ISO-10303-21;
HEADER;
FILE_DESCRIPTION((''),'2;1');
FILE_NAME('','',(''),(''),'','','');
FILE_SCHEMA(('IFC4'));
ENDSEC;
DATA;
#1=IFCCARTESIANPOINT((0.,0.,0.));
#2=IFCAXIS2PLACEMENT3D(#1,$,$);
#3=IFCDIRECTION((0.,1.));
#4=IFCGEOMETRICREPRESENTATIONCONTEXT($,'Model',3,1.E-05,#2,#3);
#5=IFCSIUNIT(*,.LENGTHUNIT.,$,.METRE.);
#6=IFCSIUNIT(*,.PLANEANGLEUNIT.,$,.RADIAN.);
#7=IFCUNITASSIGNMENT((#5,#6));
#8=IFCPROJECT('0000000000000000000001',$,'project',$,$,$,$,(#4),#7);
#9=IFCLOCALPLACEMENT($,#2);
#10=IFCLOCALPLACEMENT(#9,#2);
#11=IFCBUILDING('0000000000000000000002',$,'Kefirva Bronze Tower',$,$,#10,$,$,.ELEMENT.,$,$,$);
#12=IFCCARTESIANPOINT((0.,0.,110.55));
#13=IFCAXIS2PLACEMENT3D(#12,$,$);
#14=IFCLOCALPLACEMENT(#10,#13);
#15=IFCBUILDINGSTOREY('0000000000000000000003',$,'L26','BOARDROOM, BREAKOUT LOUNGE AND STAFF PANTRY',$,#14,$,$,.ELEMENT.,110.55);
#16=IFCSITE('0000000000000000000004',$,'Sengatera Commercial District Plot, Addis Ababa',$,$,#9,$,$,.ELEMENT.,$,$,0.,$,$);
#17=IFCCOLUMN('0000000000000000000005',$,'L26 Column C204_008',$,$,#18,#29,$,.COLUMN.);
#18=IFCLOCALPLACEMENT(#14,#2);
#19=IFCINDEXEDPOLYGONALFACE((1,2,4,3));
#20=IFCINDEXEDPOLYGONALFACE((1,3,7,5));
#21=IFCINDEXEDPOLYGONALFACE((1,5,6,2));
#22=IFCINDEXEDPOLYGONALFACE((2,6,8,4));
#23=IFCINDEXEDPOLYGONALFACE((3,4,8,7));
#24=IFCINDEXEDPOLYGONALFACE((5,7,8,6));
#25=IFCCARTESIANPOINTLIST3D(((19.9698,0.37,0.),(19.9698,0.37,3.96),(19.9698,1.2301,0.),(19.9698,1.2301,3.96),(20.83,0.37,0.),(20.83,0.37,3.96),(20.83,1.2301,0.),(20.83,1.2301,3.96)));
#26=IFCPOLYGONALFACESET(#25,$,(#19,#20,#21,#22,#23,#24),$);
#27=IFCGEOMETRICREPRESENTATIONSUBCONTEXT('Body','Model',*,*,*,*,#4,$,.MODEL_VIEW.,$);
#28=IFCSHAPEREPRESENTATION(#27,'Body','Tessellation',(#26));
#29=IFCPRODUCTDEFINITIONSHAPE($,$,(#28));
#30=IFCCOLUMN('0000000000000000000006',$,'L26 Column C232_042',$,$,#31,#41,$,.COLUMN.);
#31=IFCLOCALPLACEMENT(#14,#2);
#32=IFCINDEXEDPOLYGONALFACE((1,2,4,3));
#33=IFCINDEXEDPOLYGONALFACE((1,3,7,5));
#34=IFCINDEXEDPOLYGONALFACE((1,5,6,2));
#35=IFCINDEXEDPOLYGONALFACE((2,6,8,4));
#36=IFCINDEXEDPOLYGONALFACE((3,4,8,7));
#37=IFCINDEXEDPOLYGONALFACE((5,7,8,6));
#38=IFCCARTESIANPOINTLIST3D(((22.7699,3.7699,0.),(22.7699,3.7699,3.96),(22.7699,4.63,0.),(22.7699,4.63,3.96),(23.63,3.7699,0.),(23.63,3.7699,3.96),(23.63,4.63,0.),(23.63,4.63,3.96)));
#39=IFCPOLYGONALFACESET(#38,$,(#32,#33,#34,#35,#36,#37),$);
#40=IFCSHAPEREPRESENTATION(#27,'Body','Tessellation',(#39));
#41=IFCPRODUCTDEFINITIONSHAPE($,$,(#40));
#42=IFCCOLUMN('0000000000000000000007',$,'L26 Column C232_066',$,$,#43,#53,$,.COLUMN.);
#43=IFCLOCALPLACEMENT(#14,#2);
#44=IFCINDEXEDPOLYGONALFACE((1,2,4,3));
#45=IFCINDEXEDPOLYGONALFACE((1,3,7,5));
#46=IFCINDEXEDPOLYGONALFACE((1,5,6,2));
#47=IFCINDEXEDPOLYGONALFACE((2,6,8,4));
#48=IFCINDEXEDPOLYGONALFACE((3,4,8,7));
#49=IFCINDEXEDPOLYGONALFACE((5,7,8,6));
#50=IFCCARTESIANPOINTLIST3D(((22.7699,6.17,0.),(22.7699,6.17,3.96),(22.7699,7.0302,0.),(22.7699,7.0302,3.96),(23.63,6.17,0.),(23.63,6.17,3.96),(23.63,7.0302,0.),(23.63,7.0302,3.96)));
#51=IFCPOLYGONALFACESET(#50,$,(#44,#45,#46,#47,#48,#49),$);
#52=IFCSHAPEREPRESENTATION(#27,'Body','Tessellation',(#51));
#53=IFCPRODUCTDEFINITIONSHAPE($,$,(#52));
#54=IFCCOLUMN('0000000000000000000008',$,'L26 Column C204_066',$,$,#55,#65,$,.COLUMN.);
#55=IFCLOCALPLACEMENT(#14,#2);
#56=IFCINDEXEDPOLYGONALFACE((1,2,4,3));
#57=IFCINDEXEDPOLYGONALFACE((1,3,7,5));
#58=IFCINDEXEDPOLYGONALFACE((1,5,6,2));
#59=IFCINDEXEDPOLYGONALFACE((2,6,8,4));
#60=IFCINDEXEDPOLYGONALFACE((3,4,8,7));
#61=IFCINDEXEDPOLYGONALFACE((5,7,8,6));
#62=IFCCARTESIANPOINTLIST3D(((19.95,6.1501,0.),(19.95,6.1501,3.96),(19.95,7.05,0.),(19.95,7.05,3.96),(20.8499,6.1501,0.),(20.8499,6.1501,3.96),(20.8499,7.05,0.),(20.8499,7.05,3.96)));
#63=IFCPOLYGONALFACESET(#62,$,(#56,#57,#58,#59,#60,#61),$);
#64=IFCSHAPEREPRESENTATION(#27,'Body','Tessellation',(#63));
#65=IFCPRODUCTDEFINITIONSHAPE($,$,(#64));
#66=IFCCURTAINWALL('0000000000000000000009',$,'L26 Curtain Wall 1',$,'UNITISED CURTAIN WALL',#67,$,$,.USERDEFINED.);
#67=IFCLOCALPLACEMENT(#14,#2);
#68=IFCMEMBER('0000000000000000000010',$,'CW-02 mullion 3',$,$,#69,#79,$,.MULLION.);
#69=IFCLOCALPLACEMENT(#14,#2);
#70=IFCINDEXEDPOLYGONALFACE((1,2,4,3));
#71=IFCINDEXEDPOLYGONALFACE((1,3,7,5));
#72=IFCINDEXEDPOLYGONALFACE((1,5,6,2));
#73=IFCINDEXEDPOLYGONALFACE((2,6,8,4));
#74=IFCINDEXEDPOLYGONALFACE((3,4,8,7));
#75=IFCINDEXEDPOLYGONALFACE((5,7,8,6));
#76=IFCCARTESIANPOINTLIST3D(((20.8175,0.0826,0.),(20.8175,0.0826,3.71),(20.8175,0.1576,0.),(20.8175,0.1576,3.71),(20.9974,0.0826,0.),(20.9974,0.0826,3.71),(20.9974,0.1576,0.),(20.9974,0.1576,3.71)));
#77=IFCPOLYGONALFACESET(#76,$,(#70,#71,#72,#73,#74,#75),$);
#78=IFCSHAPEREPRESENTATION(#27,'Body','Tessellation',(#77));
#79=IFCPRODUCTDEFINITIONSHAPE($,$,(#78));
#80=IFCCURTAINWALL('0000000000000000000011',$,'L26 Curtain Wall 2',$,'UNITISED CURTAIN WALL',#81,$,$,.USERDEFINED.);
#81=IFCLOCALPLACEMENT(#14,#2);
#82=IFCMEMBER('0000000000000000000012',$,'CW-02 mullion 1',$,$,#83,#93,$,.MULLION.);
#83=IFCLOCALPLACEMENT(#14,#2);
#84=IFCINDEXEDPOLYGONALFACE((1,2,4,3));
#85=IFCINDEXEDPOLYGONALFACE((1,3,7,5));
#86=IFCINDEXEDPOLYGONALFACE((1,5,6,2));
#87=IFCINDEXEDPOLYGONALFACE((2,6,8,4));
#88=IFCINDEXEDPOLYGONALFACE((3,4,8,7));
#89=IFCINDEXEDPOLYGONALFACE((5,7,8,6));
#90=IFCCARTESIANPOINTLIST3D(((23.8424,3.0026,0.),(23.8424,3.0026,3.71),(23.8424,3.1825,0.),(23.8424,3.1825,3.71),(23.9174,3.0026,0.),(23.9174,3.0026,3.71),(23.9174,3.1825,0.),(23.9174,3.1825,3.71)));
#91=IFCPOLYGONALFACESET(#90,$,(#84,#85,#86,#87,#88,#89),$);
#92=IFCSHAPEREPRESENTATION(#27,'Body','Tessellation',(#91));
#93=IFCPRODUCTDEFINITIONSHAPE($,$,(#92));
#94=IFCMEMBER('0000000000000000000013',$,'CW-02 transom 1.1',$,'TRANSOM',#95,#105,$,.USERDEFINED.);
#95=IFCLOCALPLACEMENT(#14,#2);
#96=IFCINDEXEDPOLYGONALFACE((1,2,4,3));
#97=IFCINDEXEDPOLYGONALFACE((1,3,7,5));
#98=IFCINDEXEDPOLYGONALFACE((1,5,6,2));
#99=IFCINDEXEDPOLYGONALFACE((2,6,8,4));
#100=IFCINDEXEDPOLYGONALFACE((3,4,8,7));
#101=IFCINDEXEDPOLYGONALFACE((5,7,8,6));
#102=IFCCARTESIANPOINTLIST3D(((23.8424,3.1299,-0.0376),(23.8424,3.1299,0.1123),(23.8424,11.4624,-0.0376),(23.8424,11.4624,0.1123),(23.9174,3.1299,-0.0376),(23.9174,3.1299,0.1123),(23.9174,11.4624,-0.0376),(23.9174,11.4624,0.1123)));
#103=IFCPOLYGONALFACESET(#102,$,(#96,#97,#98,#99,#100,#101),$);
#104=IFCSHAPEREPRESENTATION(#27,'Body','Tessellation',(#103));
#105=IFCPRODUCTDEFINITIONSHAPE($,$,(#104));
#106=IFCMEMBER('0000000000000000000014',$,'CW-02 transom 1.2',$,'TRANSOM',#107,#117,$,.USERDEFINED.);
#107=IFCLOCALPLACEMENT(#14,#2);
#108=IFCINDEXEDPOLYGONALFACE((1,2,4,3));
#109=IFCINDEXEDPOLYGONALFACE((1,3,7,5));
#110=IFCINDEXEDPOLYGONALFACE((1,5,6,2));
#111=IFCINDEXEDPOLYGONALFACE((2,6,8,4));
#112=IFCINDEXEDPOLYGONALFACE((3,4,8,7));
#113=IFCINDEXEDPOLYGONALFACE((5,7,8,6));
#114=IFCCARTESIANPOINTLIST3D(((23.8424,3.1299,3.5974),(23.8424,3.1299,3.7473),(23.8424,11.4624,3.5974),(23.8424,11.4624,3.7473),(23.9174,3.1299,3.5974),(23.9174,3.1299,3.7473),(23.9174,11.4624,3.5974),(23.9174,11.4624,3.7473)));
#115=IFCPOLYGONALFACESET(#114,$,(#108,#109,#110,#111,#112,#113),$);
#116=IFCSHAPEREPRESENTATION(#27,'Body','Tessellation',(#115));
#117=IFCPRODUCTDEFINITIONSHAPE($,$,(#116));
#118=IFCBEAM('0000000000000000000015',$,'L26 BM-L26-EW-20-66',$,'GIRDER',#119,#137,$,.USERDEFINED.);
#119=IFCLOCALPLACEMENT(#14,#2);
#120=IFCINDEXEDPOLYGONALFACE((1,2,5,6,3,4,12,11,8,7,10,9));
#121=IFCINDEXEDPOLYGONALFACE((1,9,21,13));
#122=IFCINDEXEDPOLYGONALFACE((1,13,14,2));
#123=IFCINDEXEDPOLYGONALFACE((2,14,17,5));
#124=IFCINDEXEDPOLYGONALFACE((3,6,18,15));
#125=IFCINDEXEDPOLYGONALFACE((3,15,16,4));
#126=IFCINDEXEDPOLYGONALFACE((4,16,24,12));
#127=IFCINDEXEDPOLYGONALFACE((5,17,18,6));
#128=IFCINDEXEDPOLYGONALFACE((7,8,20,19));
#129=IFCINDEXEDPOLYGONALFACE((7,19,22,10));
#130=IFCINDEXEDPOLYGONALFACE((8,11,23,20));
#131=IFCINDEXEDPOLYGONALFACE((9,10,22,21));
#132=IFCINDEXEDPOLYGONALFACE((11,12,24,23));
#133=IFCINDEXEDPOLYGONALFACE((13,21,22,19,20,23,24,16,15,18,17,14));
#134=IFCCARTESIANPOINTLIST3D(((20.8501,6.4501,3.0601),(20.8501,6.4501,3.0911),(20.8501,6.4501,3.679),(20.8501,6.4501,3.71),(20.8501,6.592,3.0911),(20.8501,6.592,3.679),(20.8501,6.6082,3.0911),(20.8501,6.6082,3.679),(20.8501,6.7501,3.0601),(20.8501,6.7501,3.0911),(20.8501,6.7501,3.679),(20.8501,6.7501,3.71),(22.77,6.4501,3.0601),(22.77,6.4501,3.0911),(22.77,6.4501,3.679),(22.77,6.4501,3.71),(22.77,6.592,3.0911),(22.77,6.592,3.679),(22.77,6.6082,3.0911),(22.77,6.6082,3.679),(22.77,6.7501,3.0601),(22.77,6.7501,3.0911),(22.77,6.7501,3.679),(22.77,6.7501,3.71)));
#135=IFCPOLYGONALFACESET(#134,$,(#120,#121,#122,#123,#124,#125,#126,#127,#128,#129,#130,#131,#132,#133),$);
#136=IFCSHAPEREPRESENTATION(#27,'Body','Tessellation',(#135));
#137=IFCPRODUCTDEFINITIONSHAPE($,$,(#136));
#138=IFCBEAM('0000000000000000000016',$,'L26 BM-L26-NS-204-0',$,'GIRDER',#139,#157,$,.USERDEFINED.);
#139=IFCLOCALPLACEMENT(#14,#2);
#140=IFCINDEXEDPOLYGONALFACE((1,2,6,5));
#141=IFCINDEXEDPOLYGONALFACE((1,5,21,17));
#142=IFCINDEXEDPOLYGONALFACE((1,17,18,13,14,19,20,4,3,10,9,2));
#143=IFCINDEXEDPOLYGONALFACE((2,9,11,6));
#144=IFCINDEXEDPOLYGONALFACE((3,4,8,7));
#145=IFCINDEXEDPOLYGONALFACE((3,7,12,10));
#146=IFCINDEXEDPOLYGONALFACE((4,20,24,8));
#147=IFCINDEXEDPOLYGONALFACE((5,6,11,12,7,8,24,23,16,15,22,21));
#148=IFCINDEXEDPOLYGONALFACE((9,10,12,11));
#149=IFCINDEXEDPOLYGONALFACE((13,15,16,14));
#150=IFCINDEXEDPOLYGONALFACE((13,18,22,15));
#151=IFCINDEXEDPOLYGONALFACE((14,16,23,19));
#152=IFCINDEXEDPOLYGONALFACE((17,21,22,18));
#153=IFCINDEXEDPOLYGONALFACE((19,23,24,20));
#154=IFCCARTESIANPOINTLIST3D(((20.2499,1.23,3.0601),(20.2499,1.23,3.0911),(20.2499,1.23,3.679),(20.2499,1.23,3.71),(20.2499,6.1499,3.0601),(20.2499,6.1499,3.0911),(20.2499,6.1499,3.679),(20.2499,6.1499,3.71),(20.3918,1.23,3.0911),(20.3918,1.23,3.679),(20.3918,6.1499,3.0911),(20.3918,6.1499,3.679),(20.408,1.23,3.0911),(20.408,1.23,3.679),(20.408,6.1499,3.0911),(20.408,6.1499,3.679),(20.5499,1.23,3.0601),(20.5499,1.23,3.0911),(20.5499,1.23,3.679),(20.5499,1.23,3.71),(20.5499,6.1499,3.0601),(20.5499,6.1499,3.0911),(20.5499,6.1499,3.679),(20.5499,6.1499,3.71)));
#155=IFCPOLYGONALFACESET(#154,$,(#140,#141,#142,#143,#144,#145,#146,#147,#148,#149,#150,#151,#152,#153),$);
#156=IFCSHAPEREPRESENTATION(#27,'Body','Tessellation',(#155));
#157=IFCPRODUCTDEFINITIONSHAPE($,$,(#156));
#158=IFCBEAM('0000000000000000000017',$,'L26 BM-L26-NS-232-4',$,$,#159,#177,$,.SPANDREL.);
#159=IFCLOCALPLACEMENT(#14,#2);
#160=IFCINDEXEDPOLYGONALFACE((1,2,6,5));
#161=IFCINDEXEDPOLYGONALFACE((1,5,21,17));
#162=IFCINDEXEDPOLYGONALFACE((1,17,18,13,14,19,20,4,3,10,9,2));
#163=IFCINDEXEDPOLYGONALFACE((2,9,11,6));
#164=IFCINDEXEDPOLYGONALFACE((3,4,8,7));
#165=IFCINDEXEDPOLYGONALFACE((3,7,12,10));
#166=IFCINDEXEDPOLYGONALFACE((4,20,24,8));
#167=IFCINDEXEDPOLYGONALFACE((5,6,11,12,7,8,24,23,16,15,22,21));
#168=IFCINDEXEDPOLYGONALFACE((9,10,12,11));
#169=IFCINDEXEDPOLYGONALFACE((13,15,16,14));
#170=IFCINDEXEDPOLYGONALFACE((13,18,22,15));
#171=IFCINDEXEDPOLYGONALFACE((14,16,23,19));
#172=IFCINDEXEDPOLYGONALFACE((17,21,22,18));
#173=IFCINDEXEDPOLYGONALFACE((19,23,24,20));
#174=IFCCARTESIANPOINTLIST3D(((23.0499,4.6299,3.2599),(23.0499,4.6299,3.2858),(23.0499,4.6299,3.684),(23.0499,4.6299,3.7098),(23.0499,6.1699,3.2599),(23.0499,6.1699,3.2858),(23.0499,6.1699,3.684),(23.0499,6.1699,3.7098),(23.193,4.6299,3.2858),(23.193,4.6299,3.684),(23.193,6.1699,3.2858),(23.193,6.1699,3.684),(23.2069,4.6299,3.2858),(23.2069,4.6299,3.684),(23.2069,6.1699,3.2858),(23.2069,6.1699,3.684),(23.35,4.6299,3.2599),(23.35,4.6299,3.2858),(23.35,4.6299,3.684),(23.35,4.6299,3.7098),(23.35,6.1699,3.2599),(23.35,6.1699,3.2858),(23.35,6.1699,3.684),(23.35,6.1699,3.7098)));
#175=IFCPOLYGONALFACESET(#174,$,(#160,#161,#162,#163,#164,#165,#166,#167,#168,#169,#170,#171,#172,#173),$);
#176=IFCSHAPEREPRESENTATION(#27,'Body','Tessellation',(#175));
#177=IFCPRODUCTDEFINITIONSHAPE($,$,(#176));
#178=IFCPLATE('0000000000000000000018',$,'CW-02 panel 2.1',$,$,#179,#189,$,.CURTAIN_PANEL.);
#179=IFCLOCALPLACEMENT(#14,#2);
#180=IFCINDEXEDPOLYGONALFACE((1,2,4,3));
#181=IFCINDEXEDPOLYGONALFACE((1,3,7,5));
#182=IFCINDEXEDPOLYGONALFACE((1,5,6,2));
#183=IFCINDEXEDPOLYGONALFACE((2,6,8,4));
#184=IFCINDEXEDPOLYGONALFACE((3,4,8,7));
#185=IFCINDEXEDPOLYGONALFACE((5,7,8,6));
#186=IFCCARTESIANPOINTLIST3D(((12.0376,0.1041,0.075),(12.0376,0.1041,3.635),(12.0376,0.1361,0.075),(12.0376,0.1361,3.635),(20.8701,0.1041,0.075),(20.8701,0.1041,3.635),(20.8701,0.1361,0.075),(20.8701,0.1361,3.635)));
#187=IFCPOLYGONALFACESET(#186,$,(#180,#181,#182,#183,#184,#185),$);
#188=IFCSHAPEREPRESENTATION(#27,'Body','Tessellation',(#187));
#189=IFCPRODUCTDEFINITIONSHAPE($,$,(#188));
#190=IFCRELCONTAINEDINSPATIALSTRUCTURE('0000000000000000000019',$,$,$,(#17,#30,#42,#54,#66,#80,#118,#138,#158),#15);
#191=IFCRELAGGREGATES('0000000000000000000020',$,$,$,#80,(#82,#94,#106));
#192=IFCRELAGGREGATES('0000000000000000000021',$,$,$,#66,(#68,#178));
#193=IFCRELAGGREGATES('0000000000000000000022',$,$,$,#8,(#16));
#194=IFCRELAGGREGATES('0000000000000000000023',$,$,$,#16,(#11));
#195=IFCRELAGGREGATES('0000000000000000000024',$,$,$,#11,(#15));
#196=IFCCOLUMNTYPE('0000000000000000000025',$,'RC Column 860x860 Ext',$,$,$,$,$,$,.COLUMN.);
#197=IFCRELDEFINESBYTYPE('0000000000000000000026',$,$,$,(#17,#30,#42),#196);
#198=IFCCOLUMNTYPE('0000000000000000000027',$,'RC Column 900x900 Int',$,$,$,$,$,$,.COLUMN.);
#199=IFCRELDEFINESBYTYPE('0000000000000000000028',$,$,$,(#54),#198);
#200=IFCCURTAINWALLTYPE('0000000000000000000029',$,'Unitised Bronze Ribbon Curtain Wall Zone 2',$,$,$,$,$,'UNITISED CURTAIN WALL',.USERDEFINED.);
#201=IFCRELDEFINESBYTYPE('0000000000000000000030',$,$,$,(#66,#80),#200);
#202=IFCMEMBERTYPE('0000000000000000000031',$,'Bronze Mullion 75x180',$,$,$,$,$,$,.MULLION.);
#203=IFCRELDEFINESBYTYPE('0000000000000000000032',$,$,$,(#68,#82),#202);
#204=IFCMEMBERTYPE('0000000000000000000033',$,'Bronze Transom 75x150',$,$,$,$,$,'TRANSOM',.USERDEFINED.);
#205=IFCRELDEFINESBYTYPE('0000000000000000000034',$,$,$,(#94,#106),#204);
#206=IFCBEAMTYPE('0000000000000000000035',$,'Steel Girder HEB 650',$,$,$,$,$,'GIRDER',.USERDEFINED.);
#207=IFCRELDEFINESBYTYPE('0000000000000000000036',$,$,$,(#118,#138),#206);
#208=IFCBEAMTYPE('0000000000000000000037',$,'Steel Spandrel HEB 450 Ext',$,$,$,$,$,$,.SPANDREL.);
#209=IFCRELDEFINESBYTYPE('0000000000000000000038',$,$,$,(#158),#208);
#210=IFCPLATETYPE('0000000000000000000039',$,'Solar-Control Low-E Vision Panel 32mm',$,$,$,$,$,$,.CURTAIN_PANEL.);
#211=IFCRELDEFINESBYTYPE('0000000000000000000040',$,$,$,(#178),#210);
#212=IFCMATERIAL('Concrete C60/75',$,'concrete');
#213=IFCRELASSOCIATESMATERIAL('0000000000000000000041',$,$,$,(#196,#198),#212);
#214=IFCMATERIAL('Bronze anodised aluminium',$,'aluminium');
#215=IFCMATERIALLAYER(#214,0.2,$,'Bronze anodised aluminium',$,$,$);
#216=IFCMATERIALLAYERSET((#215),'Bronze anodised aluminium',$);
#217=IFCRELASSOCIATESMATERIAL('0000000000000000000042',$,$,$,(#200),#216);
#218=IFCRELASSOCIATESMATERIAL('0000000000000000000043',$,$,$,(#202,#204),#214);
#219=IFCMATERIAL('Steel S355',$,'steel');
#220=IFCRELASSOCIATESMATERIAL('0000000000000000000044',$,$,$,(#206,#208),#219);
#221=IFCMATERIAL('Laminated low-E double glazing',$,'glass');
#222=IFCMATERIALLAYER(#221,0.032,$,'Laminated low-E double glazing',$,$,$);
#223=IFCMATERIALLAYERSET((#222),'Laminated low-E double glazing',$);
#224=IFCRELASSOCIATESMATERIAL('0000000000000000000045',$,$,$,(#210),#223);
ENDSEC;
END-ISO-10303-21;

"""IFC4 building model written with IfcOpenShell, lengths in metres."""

from ifc_helpers import new_model, si_unit, direction, frame, origin, origin_2d, place, context, subcontext, project, spatial, rectangle, i_section, extrude, material, layer, layer_set, material_profile, profile_set, type_object, element, aggregate, save


model = new_model("IFC4")

# Units and contexts
model_context = context("Model", 3, precision=1e-05, world=origin(), true_north=direction((0.0, 1.0)))
body_context = subcontext(model_context, "Body", "Model", "MODEL_VIEW")
ifc_project = project(units=[si_unit("LENGTHUNIT", "METRE"), si_unit("PLANEANGLEUNIT", "RADIAN")], contexts=[model_context])

# Site, building, storey
site_placement = place(None, origin())
site = spatial("IfcSite", under=ifc_project, at=site_placement, Name="Sengatera Commercial District Plot, Addis Ababa", CompositionType="ELEMENT", RefElevation=0.0)
building_placement = place(site_placement, origin())
building = spatial("IfcBuilding", under=site, at=building_placement, Name="Kefirva Bronze Tower", CompositionType="ELEMENT")
storey_placement = place(building_placement, frame((0.0, 0.0, 110.55)))
storey = spatial("IfcBuildingStorey", under=building, at=storey_placement, Name="L26", Description="BOARDROOM, BREAKOUT LOUNGE AND STAFF PANTRY", CompositionType="ELEMENT", Elevation=110.55)

# Columns
ifc_material_1 = material(Name="Concrete C60/75", Category="concrete")
ifc_material_profile_1 = material_profile(ifc_material_1, rectangle(XDim=0.8601, YDim=0.8601, at=origin_2d()), Name="RC 860x860")
ifc_profile_set_1 = profile_set([ifc_material_profile_1], Name="Concrete C60/75")
column_type_1 = type_object("IfcColumnType", Name="RC Column 860x860 Ext", PredefinedType="COLUMN", material=ifc_profile_set_1)
for number, where, z_axis, x_axis, name in (
    (1, (20.3999, 0.8, 0.0), (0.0, 0.0, 1.0), (1.0, 0.0, 0.0), "L26 Column C204_008"),
    (2, (23.2, 4.2, 0.0), (0.0, 0.0, 1.0), (1.0, 0.0, 0.0), "L26 Column C232_042"),
    (3, (23.2, 6.6001, 0.0), (0.0, 0.0, 1.0), (1.0, 0.0, 0.0), "L26 Column C232_066"),
):
    element("IfcColumn", number, at=place(storey_placement, frame(where, z_axis=z_axis, x_axis=x_axis)), inside=storey, type_object=column_type_1, Name=name, PredefinedType="COLUMN", context=body_context, shape_type="SweptSolid", body=[
        extrude(rectangle(XDim=0.8601, YDim=0.8601, at=origin_2d()), origin(), (0.0, 0.0, 1.0), 3.96),
    ])
ifc_material_profile_2 = material_profile(ifc_material_1, rectangle(XDim=0.8999, YDim=0.8999, at=origin_2d()), Name="RC 900x900")
ifc_profile_set_2 = profile_set([ifc_material_profile_2], Name="Concrete C60/75")
column_type_2 = type_object("IfcColumnType", Name="RC Column 900x900 Int", PredefinedType="COLUMN", material=ifc_profile_set_2)
column_placement = place(storey_placement, frame((20.3999, 6.6001, 0.0), z_axis=(0.0, 0.0, 1.0), x_axis=(1.0, 0.0, 0.0)))
element("IfcColumn", 4, at=column_placement, inside=storey, type_object=column_type_2, Name="L26 Column C204_066", PredefinedType="COLUMN", context=body_context, shape_type="SweptSolid", body=[
    extrude(rectangle(XDim=0.8999, YDim=0.8999, at=origin_2d()), origin(), (0.0, 0.0, 1.0), 3.96),
])

# Curtain wall, member
ifc_material_2 = material(Name="Bronze anodised aluminium", Category="aluminium")
ifc_layer_1 = layer(ifc_material_2, 0.2, Name="Bronze anodised aluminium")
ifc_layer_set_1 = layer_set([ifc_layer_1], Name="Bronze anodised aluminium")
curtain_wall_type = type_object("IfcCurtainWallType", Name="Unitised Bronze Ribbon Curtain Wall Zone 2", ElementType="UNITISED CURTAIN WALL", PredefinedType="USERDEFINED", material=ifc_layer_set_1)
curtain_wall_1_placement = place(storey_placement, origin())
curtain_wall_1 = element("IfcCurtainWall", 5, at=curtain_wall_1_placement, inside=storey, type_object=curtain_wall_type, Name="L26 Curtain Wall 1", ObjectType="UNITISED CURTAIN WALL", PredefinedType="USERDEFINED")
ifc_material_profile_3 = material_profile(ifc_material_2, rectangle(XDim=0.075, YDim=0.1799, at=origin_2d()), Name="ALU 75x180")
ifc_profile_set_3 = profile_set([ifc_material_profile_3], Name="Bronze anodised aluminium")
member_type_1 = type_object("IfcMemberType", Name="Bronze Mullion 75x180", PredefinedType="MULLION", material=ifc_profile_set_3)
member_1_placement = place(storey_placement, frame((20.9075, 0.1201, 0.0), z_axis=(0.0, 0.0, 1.0), x_axis=(0.0, 1.0, 0.0)))
member_1 = element("IfcMember", 6, at=member_1_placement, type_object=member_type_1, Name="CW-02 mullion 3", PredefinedType="MULLION", context=body_context, shape_type="SweptSolid", body=[
    extrude(rectangle(XDim=0.075, YDim=0.1799, at=origin_2d()), origin(), (0.0, 0.0, 1.0), 3.71),
])

# Curtain wall, members
curtain_wall_2_placement = place(storey_placement, origin())
curtain_wall_2 = element("IfcCurtainWall", 7, at=curtain_wall_2_placement, inside=storey, type_object=curtain_wall_type, Name="L26 Curtain Wall 2", ObjectType="UNITISED CURTAIN WALL", PredefinedType="USERDEFINED")
member_2_placement = place(storey_placement, frame((23.8799, 3.0925, 0.0), z_axis=(0.0, 0.0, 1.0), x_axis=(-1.0, 0.0, 0.0)))
member_2 = element("IfcMember", 8, at=member_2_placement, type_object=member_type_1, Name="CW-02 mullion 1", PredefinedType="MULLION", context=body_context, shape_type="SweptSolid", body=[
    extrude(rectangle(XDim=0.075, YDim=0.1799, at=origin_2d()), origin(), (0.0, 0.0, 1.0), 3.71),
])
ifc_material_profile_4 = material_profile(ifc_material_2, rectangle(XDim=0.075, YDim=0.1499, at=origin_2d()), Name="ALU 75x150")
ifc_profile_set_4 = profile_set([ifc_material_profile_4], Name="Bronze anodised aluminium")
member_type_2 = type_object("IfcMemberType", Name="Bronze Transom 75x150", ElementType="TRANSOM", PredefinedType="USERDEFINED", material=ifc_profile_set_4)
member_3_placement = place(storey_placement, frame((23.8799, 3.1299, 0.0374), z_axis=(0.0, 1.0, 0.0), x_axis=(-1.0, 0.0, 0.0)))
member_3 = element("IfcMember", 9, at=member_3_placement, type_object=member_type_2, Name="CW-02 transom 1.1", ObjectType="TRANSOM", PredefinedType="USERDEFINED", context=body_context, shape_type="SweptSolid", body=[
    extrude(rectangle(XDim=0.075, YDim=0.1499, at=origin_2d()), origin(), (0.0, 0.0, 1.0), 8.3325),
])
member_4_placement = place(storey_placement, frame((23.8799, 3.1299, 3.6724), z_axis=(0.0, 1.0, 0.0), x_axis=(-1.0, 0.0, 0.0)))
member_4 = element("IfcMember", 10, at=member_4_placement, type_object=member_type_2, Name="CW-02 transom 1.2", ObjectType="TRANSOM", PredefinedType="USERDEFINED", context=body_context, shape_type="SweptSolid", body=[
    extrude(rectangle(XDim=0.075, YDim=0.1499, at=origin_2d()), origin(), (0.0, 0.0, 1.0), 8.3325),
])
aggregate(curtain_wall_2, [member_2, member_3, member_4])

# Beams
ifc_material_3 = material(Name="Steel S355", Category="steel")
ifc_material_profile_5 = material_profile(ifc_material_3, i_section(OverallWidth=0.3, OverallDepth=0.6499, WebThickness=0.0161, FlangeThickness=0.031, at=origin_2d()), Name="HEB 650")
ifc_profile_set_5 = profile_set([ifc_material_profile_5], Name="Steel S355")
beam_type_1 = type_object("IfcBeamType", Name="Steel Girder HEB 650", ElementType="GIRDER", PredefinedType="USERDEFINED", material=ifc_profile_set_5)
beam_1_placement = place(storey_placement, frame((20.8501, 6.6001, 3.385), z_axis=(1.0, 0.0, 0.0), x_axis=(0.0, 1.0, 0.0)))
element("IfcBeam", 11, at=beam_1_placement, inside=storey, type_object=beam_type_1, Name="L26 BM-L26-EW-20-66", ObjectType="GIRDER", PredefinedType="USERDEFINED", context=body_context, shape_type="SweptSolid", body=[
    extrude(i_section(OverallWidth=0.3, OverallDepth=0.6499, WebThickness=0.0161, FlangeThickness=0.031, at=origin_2d()), origin(), (0.0, 0.0, 1.0), 1.9199),
])
beam_2_placement = place(storey_placement, frame((20.3999, 1.23, 3.385), z_axis=(0.0, 1.0, 0.0), x_axis=(-1.0, 0.0, 0.0)))
element("IfcBeam", 12, at=beam_2_placement, inside=storey, type_object=beam_type_1, Name="L26 BM-L26-NS-204-0", ObjectType="GIRDER", PredefinedType="USERDEFINED", context=body_context, shape_type="SweptSolid", body=[
    extrude(i_section(OverallWidth=0.3, OverallDepth=0.6499, WebThickness=0.0161, FlangeThickness=0.031, at=origin_2d()), origin(), (0.0, 0.0, 1.0), 4.9199),
])
ifc_material_profile_6 = material_profile(ifc_material_3, i_section(OverallWidth=0.3, OverallDepth=0.45, WebThickness=0.0139, FlangeThickness=0.0259, at=origin_2d()), Name="HEB 450")
ifc_profile_set_6 = profile_set([ifc_material_profile_6], Name="Steel S355")
beam_type_2 = type_object("IfcBeamType", Name="Steel Spandrel HEB 450 Ext", PredefinedType="SPANDREL", material=ifc_profile_set_6)
beam_3_placement = place(storey_placement, frame((23.2, 4.6299, 3.4849), z_axis=(0.0, 1.0, 0.0), x_axis=(-1.0, 0.0, 0.0)))
element("IfcBeam", 13, at=beam_3_placement, inside=storey, type_object=beam_type_2, Name="L26 BM-L26-NS-232-4", PredefinedType="SPANDREL", context=body_context, shape_type="SweptSolid", body=[
    extrude(i_section(OverallWidth=0.3, OverallDepth=0.45, WebThickness=0.0139, FlangeThickness=0.0259, at=origin_2d()), origin(), (0.0, 0.0, 1.0), 1.54),
])

# Plate
ifc_material_4 = material(Name="Laminated low-E double glazing", Category="glass")
ifc_layer_2 = layer(ifc_material_4, 0.032, Name="Laminated low-E double glazing")
ifc_layer_set_2 = layer_set([ifc_layer_2], Name="Laminated low-E double glazing")
plate_type = type_object("IfcPlateType", Name="Solar-Control Low-E Vision Panel 32mm", PredefinedType="CURTAIN_PANEL", material=ifc_layer_set_2)
plate_placement = place(storey_placement, frame((16.4539, 0.1201, 0.075), z_axis=(0.0, 0.0, 1.0), x_axis=(1.0, 0.0, 0.0)))
plate = element("IfcPlate", 14, at=plate_placement, type_object=plate_type, Name="CW-02 panel 2.1", PredefinedType="CURTAIN_PANEL", context=body_context, shape_type="SweptSolid", body=[
    extrude(rectangle(XDim=8.8325, YDim=0.032, at=origin_2d()), origin(), (0.0, 0.0, 1.0), 3.5601),
])
aggregate(curtain_wall_1, [member_1, plate])

save(model, "model.ifc")
